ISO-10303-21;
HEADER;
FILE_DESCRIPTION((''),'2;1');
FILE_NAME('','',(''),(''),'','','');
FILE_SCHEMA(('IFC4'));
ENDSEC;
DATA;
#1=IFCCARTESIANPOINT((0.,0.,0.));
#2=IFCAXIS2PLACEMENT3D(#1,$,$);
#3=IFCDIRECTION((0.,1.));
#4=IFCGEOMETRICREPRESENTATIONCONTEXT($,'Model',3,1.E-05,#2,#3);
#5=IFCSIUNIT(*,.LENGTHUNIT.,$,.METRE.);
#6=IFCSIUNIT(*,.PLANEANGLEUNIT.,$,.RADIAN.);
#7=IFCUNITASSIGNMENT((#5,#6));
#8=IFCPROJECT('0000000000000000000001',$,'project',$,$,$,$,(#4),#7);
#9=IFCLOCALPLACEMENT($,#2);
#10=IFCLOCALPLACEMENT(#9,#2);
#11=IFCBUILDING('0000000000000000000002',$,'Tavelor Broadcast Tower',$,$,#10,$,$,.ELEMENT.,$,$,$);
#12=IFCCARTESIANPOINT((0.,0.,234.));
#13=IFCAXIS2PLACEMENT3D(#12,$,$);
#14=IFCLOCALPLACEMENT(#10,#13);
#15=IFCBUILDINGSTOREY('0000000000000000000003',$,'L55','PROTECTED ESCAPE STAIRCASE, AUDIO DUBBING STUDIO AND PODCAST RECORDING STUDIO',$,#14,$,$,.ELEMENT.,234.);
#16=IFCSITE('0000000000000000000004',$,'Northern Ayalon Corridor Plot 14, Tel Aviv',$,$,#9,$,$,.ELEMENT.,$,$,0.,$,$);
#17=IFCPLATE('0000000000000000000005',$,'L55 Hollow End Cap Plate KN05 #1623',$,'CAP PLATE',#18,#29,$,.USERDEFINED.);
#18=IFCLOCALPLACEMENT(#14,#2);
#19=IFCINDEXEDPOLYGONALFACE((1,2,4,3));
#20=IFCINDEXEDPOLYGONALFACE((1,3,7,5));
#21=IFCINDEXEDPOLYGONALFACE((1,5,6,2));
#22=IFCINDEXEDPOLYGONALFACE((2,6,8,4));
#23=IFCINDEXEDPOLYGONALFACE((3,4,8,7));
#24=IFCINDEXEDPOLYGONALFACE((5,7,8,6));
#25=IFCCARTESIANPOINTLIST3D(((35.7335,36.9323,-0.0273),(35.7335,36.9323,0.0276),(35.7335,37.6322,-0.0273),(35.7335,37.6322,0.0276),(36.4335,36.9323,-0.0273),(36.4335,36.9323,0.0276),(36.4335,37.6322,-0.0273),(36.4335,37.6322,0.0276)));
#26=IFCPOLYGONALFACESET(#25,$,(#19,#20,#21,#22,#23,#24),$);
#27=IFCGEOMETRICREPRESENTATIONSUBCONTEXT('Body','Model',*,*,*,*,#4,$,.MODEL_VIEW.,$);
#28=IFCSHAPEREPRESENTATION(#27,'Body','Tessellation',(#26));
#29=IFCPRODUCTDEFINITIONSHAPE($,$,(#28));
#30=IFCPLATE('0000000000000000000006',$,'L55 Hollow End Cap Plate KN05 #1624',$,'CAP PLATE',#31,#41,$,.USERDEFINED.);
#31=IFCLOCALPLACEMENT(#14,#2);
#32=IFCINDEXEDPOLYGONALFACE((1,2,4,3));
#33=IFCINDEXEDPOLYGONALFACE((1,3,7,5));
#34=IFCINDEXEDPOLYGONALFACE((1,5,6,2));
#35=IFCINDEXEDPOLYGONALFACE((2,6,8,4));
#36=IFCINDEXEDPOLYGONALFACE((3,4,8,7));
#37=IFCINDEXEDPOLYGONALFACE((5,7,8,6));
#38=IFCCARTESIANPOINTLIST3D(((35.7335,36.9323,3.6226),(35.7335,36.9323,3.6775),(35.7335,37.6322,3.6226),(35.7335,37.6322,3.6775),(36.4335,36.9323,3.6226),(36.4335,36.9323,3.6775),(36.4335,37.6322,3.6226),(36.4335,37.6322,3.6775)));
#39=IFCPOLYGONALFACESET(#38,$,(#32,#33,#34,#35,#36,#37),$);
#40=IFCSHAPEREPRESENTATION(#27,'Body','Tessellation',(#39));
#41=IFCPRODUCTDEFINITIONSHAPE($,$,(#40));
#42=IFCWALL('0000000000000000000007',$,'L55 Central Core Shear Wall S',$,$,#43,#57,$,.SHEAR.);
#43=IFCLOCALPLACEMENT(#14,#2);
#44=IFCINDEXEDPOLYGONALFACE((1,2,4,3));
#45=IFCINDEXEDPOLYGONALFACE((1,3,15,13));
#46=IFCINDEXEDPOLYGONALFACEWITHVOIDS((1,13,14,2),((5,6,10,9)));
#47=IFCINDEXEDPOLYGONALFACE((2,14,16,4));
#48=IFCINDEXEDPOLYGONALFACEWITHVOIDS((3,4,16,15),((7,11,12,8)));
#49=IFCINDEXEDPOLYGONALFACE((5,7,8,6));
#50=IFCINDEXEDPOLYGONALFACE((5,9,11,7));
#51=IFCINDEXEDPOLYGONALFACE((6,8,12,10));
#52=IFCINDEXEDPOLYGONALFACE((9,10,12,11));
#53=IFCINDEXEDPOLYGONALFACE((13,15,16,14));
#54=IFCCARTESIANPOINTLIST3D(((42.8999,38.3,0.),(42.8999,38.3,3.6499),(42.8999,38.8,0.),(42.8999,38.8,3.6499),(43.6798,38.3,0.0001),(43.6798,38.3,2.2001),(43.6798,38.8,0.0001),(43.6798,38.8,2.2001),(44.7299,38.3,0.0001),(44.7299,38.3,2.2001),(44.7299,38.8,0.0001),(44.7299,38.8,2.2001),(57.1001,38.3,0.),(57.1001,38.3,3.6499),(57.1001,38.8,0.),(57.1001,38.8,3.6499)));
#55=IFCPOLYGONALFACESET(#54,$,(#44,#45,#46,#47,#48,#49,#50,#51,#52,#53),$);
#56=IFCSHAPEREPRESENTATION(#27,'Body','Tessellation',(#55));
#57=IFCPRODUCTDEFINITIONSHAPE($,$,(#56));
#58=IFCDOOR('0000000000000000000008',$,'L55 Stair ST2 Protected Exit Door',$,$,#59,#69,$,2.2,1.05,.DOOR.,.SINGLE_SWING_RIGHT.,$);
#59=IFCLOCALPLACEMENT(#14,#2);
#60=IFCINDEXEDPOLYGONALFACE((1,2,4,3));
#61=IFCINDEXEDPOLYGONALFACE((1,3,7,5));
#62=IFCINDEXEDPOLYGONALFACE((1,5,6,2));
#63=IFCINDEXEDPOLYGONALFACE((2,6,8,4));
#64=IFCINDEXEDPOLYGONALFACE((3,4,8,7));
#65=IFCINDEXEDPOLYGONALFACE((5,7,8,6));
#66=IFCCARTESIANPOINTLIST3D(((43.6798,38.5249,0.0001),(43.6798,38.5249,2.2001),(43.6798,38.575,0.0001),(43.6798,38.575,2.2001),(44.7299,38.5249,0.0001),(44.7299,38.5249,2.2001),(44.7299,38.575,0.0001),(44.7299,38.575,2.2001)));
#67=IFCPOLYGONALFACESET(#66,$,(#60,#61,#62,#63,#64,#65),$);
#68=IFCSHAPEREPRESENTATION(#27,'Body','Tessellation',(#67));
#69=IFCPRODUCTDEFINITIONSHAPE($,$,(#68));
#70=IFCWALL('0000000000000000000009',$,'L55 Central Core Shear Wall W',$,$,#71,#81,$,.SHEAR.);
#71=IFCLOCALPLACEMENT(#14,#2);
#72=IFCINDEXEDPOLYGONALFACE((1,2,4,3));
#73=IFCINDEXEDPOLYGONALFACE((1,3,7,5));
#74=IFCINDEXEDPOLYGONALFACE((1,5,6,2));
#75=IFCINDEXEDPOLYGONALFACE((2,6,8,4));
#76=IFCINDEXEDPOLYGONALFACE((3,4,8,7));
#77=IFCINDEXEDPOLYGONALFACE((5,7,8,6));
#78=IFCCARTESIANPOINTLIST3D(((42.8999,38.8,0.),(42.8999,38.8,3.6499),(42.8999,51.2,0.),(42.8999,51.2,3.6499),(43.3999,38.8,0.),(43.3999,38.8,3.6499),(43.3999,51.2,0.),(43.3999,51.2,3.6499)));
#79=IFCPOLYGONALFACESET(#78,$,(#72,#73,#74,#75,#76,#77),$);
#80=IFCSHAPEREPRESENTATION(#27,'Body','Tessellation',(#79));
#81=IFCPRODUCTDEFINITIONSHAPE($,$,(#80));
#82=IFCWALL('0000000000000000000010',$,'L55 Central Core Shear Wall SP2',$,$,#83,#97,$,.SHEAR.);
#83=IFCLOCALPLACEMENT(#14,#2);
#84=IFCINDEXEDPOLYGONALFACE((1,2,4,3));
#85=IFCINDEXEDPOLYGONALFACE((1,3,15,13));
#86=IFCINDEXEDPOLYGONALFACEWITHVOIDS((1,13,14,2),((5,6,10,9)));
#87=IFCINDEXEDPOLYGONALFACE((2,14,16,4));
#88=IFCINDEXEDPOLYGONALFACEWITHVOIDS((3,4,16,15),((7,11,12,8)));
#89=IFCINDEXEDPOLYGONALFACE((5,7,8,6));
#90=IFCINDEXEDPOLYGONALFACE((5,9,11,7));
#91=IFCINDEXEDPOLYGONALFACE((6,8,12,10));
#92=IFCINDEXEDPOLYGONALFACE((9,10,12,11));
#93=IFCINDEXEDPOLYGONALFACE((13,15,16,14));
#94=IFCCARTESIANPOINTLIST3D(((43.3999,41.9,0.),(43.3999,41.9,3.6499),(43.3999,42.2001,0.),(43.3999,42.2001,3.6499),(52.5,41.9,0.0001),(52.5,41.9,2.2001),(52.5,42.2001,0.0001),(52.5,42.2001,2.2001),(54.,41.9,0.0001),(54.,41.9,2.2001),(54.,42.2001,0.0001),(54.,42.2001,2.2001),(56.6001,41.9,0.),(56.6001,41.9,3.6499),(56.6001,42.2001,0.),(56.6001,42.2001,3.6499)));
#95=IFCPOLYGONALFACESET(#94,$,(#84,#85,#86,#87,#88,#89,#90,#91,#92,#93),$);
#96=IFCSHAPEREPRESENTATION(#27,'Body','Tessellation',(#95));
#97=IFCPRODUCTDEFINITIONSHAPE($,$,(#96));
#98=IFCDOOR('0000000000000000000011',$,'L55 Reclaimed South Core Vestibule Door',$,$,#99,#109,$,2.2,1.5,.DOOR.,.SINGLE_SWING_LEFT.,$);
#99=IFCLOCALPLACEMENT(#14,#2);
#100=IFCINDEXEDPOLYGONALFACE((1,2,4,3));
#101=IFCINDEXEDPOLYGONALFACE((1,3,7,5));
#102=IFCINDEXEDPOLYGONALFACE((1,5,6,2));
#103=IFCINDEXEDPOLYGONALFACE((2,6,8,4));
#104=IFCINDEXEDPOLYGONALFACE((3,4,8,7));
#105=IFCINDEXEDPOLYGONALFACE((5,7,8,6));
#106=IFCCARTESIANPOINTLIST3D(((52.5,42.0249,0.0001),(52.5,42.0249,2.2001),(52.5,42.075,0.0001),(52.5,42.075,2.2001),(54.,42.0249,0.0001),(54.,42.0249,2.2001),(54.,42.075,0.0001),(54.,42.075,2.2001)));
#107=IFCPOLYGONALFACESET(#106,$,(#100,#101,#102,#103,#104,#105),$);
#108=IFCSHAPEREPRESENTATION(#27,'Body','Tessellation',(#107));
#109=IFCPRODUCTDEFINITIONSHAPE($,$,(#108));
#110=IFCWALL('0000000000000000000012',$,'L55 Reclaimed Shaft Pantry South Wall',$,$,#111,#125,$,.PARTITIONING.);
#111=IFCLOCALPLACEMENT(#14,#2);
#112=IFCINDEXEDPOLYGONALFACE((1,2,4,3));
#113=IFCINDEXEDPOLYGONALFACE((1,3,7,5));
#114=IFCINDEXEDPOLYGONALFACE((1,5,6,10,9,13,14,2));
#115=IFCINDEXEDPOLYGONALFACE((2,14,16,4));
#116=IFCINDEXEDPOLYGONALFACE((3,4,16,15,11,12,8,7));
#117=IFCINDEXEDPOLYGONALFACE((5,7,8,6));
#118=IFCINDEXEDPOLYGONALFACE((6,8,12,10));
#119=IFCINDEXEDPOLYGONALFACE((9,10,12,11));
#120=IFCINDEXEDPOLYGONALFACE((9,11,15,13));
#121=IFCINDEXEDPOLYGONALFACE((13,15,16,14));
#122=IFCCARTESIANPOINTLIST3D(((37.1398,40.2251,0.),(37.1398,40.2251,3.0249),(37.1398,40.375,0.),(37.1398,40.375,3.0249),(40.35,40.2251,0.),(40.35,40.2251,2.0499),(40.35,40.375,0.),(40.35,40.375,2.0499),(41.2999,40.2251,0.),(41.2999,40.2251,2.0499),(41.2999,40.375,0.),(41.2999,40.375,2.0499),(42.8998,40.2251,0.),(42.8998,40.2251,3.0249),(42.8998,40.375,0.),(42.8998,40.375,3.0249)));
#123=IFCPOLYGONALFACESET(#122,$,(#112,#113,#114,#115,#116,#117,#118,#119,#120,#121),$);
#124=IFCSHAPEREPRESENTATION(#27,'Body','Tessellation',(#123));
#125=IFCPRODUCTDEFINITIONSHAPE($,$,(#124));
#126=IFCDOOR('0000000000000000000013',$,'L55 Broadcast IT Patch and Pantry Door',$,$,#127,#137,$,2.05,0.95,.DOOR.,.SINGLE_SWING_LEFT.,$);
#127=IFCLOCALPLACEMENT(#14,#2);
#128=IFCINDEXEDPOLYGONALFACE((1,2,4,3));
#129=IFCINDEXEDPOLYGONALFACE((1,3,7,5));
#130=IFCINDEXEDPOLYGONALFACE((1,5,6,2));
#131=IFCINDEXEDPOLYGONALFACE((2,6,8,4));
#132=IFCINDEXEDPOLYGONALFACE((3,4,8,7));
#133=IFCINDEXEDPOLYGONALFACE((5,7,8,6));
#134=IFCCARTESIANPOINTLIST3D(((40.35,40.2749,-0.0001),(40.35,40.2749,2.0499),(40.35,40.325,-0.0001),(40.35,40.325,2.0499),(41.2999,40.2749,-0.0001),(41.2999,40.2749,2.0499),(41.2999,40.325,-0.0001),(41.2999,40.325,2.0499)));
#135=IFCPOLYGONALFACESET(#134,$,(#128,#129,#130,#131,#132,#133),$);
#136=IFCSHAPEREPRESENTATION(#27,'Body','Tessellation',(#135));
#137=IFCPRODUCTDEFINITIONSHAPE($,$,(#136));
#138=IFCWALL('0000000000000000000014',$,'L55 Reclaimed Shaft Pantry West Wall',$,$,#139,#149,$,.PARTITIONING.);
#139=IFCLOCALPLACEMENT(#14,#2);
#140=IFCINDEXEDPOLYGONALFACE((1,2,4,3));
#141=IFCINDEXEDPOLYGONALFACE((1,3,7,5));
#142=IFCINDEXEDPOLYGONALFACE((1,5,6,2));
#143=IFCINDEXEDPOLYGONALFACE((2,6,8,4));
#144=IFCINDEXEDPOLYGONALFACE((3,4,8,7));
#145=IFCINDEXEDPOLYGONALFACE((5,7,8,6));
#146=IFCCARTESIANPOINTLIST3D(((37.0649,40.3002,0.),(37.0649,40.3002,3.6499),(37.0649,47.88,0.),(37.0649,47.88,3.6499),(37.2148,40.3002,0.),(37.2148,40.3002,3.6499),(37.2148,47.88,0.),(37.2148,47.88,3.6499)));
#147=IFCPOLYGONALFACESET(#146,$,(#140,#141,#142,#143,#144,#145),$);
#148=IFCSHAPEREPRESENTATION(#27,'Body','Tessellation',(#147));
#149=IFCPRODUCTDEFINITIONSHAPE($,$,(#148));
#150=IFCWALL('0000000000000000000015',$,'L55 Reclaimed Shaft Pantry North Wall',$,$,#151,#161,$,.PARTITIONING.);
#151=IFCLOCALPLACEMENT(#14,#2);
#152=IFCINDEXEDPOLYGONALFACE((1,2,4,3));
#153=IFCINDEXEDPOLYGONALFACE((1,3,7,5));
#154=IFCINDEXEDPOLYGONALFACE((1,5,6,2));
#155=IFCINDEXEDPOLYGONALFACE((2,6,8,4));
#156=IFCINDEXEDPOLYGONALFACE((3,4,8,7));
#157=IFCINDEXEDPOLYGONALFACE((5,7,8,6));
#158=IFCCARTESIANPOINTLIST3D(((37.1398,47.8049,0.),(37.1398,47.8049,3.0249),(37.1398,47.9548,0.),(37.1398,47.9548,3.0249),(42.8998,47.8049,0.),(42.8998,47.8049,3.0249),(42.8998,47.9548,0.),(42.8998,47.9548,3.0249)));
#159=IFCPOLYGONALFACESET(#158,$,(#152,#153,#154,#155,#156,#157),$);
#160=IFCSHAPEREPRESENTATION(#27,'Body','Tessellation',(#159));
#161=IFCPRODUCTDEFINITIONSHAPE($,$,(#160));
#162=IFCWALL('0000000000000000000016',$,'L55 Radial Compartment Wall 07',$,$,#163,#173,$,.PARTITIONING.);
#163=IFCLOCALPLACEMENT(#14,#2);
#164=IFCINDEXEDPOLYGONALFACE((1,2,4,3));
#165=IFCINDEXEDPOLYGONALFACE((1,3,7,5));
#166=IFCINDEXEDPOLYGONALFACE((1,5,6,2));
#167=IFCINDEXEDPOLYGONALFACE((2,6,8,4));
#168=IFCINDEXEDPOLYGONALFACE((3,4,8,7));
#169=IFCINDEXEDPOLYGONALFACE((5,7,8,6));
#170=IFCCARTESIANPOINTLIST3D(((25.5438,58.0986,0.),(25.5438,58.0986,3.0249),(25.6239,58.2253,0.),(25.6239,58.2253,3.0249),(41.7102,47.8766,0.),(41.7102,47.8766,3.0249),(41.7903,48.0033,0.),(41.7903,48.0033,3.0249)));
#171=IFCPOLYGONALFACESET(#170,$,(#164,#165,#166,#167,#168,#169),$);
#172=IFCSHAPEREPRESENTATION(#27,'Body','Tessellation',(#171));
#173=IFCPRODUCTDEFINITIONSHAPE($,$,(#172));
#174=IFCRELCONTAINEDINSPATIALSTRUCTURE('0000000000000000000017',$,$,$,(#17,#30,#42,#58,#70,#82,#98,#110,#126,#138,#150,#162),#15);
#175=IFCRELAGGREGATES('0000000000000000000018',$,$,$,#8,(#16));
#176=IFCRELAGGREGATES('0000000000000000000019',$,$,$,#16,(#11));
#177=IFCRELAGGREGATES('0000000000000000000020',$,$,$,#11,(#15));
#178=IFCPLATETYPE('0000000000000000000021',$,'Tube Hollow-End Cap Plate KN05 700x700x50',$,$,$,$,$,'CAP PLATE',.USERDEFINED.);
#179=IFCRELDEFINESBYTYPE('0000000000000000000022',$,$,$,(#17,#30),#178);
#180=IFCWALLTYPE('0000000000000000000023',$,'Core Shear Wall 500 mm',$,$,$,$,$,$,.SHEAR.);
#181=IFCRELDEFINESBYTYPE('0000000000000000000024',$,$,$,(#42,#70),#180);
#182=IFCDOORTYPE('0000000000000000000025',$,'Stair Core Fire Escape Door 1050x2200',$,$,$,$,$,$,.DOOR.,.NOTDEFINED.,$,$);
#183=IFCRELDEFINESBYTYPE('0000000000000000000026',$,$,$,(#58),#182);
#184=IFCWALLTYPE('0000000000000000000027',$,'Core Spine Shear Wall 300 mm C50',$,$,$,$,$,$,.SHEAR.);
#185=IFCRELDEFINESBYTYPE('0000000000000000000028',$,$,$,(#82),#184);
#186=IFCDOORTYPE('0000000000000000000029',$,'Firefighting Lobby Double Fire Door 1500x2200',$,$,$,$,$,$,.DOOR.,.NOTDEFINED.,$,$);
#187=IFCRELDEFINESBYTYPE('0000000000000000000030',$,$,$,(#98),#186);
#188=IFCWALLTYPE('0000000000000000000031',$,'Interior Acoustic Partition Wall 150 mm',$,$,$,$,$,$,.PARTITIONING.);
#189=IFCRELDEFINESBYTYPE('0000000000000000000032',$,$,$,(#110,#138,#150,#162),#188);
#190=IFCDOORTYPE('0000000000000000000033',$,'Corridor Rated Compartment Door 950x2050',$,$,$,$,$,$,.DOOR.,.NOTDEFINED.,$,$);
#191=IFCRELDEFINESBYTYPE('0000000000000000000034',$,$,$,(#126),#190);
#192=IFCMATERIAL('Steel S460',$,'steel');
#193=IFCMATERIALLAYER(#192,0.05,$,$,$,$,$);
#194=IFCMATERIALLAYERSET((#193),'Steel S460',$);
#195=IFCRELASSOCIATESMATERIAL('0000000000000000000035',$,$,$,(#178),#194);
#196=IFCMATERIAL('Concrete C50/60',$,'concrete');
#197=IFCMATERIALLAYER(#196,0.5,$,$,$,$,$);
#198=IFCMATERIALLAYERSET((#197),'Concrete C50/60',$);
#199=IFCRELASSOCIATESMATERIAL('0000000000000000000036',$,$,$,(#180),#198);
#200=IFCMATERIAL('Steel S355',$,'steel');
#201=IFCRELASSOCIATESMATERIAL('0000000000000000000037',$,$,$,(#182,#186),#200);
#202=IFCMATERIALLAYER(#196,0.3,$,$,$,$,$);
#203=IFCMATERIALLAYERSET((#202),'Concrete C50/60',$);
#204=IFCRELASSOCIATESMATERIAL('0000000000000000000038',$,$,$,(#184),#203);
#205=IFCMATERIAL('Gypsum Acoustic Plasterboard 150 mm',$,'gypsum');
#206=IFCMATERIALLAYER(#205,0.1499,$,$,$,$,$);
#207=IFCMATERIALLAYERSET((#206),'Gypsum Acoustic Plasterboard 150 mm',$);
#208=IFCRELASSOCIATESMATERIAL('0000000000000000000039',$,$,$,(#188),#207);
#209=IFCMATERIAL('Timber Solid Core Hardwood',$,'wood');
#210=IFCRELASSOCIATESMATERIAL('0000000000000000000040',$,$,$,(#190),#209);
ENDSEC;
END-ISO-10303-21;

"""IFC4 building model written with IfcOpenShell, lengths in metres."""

from ifc_helpers import new_model, si_unit, direction, frame, frame_2d, origin, origin_2d, place, context, subcontext, project, spatial, rectangle, extrude, source, transform, mapped, material, layer, layer_set, type_object, type_shapes, element, fill, save


model = new_model("IFC4")

# Units and contexts
model_context = context("Model", 3, precision=1e-05, world=origin(), true_north=direction((0.0, 1.0)))
body_context = subcontext(model_context, "Body", "Model", "MODEL_VIEW")
ifc_project = project(units=[si_unit("LENGTHUNIT", "METRE"), si_unit("PLANEANGLEUNIT", "RADIAN")], contexts=[model_context])

# Site, building, storey
site_placement = place(None, origin())
site = spatial("IfcSite", under=ifc_project, at=site_placement, Name="Northern Ayalon Corridor Plot 14, Tel Aviv", CompositionType="ELEMENT", RefElevation=0.0)
building_placement = place(site_placement, origin())
building = spatial("IfcBuilding", under=site, at=building_placement, Name="Tavelor Broadcast Tower", CompositionType="ELEMENT")
storey_placement = place(building_placement, frame((0.0, 0.0, 234.0)))
storey = spatial("IfcBuildingStorey", under=building, at=storey_placement, Name="L55", Description="PROTECTED ESCAPE STAIRCASE, AUDIO DUBBING STUDIO AND PODCAST RECORDING STUDIO", CompositionType="ELEMENT", Elevation=234.0)

# Shared definitions
ifc_material_1 = material(Name="Concrete C50/60", Category="concrete")
ifc_material_2 = material(Name="Steel S460", Category="steel")

# Shared definitions
ifc_material_3 = material(Name="Steel S355", Category="steel")

# Plates
ifc_layer_1 = layer(ifc_material_2, 0.05)
ifc_layer_set_1 = layer_set([ifc_layer_1], Name="Steel S460")
plate_type = type_object("IfcPlateType", Name="Tube Hollow-End Cap Plate KN05 700x700x50", ElementType="CAP PLATE", PredefinedType="USERDEFINED", material=ifc_layer_set_1)
shared_shape = source(origin(), body_context, "Body", "SweptSolid", [
    extrude(rectangle(XDim=0.7, YDim=0.7, at=origin_2d()), origin(), (0.0, 0.0, 1.0), 0.0549),
])
type_shapes(plate_type, [shared_shape])
for number, where, z_axis, x_axis, name in (
    (1, (36.0835, 37.2822, -0.0273), (0.0, 0.0, 1.0), (1.0, 0.0, 0.0), "L55 Hollow End Cap Plate KN05 #1623"),
    (2, (36.0835, 37.2822, 3.6226), (0.0, 0.0, 1.0), (1.0, 0.0, 0.0), "L55 Hollow End Cap Plate KN05 #1624"),
):
    element("IfcPlate", number, at=place(storey_placement, frame(where, z_axis=z_axis, x_axis=x_axis)), inside=storey, type_object=plate_type, Name=name, ObjectType="CAP PLATE", PredefinedType="USERDEFINED", context=body_context, shape_type="MappedRepresentation", body=[
        mapped(shared_shape, transform((0.0, 0.0, 0.0), scale=1.0)),
    ])

# Wall, opening, door
ifc_layer_2 = layer(ifc_material_1, 0.5)
ifc_layer_set_2 = layer_set([ifc_layer_2], Name="Concrete C50/60")
wall_type_1 = type_object("IfcWallType", Name="Core Shear Wall 500 mm", PredefinedType="SHEAR", material=ifc_layer_set_2)
wall_1_placement = place(storey_placement, frame((42.8999, 38.55, 0.0), z_axis=(0.0, 0.0, 1.0), x_axis=(1.0, 0.0, 0.0)))
wall_1 = element("IfcWall", 3, at=wall_1_placement, inside=storey, type_object=wall_type_1, Name="L55 Central Core Shear Wall S", PredefinedType="SHEAR", context=body_context, shape_type="SweptSolid", body=[
    extrude(rectangle(XDim=14.2002, YDim=0.5, at=frame_2d((7.1001, 0.0))), origin(), (0.0, 0.0, 1.0), 3.6499),
])
opening_1_placement = place(wall_1_placement, frame((0.78, 0.0, 0.0)))
opening_1 = element("IfcOpeningElement", 4, at=opening_1_placement, cuts=wall_1, PredefinedType="OPENING", context=body_context, shape_type="SweptSolid", body=[
    extrude(rectangle(XDim=1.05, YDim=2.2, at=frame_2d((0.5249, 1.1001))), frame((0.0, 0.26, 0.0), z_axis=(0.0, -1.0, 0.0), x_axis=(1.0, 0.0, 0.0)), (0.0, 0.0, 1.0), 0.52),
])
door_type_1 = type_object("IfcDoorType", Name="Stair Core Fire Escape Door 1050x2200", OperationType="NOTDEFINED", PredefinedType="DOOR", material=ifc_material_3)
door_1_placement = place(opening_1_placement, origin())
door_1 = element("IfcDoor", 5, at=door_1_placement, inside=storey, type_object=door_type_1, Name="L55 Stair ST2 Protected Exit Door", OperationType="SINGLE_SWING_RIGHT", OverallHeight=2.2, OverallWidth=1.05, PredefinedType="DOOR", context=body_context, shape_type="SweptSolid", body=[
    extrude(rectangle(XDim=1.05, YDim=2.2, at=frame_2d((0.5249, 1.1001))), frame((0.0, 0.0249, 0.0), z_axis=(0.0, -1.0, 0.0), x_axis=(1.0, 0.0, 0.0)), (0.0, 0.0, 1.0), 0.05),
])
fill(opening_1, door_1)

# Wall
wall_2_placement = place(storey_placement, frame((43.1499, 38.8, 0.0), z_axis=(0.0, 0.0, 1.0), x_axis=(0.0, 1.0, 0.0)))
element("IfcWall", 6, at=wall_2_placement, inside=storey, type_object=wall_type_1, Name="L55 Central Core Shear Wall W", PredefinedType="SHEAR", context=body_context, shape_type="SweptSolid", body=[
    extrude(rectangle(XDim=12.3999, YDim=0.5, at=frame_2d((6.2, 0.0))), origin(), (0.0, 0.0, 1.0), 3.6499),
])

# Walls, openings, doors
ifc_layer_3 = layer(ifc_material_1, 0.3)
ifc_layer_set_3 = layer_set([ifc_layer_3], Name="Concrete C50/60")
wall_type_2 = type_object("IfcWallType", Name="Core Spine Shear Wall 300 mm C50", PredefinedType="SHEAR", material=ifc_layer_set_3)
wall_3_placement = place(storey_placement, frame((43.3999, 42.05, 0.0), z_axis=(0.0, 0.0, 1.0), x_axis=(1.0, 0.0, 0.0)))
wall_3 = element("IfcWall", 7, at=wall_3_placement, inside=storey, type_object=wall_type_2, Name="L55 Central Core Shear Wall SP2", PredefinedType="SHEAR", context=body_context, shape_type="SweptSolid", body=[
    extrude(rectangle(XDim=13.2002, YDim=0.3, at=frame_2d((6.6001, 0.0))), origin(), (0.0, 0.0, 1.0), 3.6499),
])
opening_2_placement = place(wall_3_placement, frame((9.1001, 0.0, 0.0)))
opening_2 = element("IfcOpeningElement", 8, at=opening_2_placement, cuts=wall_3, PredefinedType="OPENING", context=body_context, shape_type="SweptSolid", body=[
    extrude(rectangle(XDim=1.5, YDim=2.2, at=frame_2d((0.75, 1.1001))), frame((0.0, 0.1602, 0.0), z_axis=(0.0, -1.0, 0.0), x_axis=(1.0, 0.0, 0.0)), (0.0, 0.0, 1.0), 0.3201),
])
door_type_2 = type_object("IfcDoorType", Name="Firefighting Lobby Double Fire Door 1500x2200", OperationType="NOTDEFINED", PredefinedType="DOOR", material=ifc_material_3)
door_2_placement = place(opening_2_placement, origin())
door_2 = element("IfcDoor", 9, at=door_2_placement, inside=storey, type_object=door_type_2, Name="L55 Reclaimed South Core Vestibule Door", OperationType="SINGLE_SWING_LEFT", OverallHeight=2.2, OverallWidth=1.5, PredefinedType="DOOR", context=body_context, shape_type="SweptSolid", body=[
    extrude(rectangle(XDim=1.5, YDim=2.2, at=frame_2d((0.75, 1.1001))), frame((0.0, 0.0249, 0.0), z_axis=(0.0, -1.0, 0.0), x_axis=(1.0, 0.0, 0.0)), (0.0, 0.0, 1.0), 0.05),
])
fill(opening_2, door_2)
ifc_material_4 = material(Name="Gypsum Acoustic Plasterboard 150 mm", Category="gypsum")
ifc_layer_4 = layer(ifc_material_4, 0.1499)
ifc_layer_set_4 = layer_set([ifc_layer_4], Name="Gypsum Acoustic Plasterboard 150 mm")
wall_type_3 = type_object("IfcWallType", Name="Interior Acoustic Partition Wall 150 mm", PredefinedType="PARTITIONING", material=ifc_layer_set_4)
wall_4_placement = place(storey_placement, frame((37.1399, 40.3, 0.0), z_axis=(0.0, 0.0, 1.0), x_axis=(1.0, 0.0, 0.0)))
wall_4 = element("IfcWall", 10, at=wall_4_placement, inside=storey, type_object=wall_type_3, Name="L55 Reclaimed Shaft Pantry South Wall", PredefinedType="PARTITIONING", context=body_context, shape_type="SweptSolid", body=[
    extrude(rectangle(XDim=5.76, YDim=0.1499, at=frame_2d((2.8799, 0.0))), origin(), (0.0, 0.0, 1.0), 3.0249),
])
opening_3_placement = place(wall_4_placement, frame((3.21, 0.0, 0.0)))
opening_3 = element("IfcOpeningElement", 11, at=opening_3_placement, cuts=wall_4, PredefinedType="OPENING", context=body_context, shape_type="SweptSolid", body=[
    extrude(rectangle(XDim=0.95, YDim=2.05, at=frame_2d((0.4751, 1.0249))), frame((0.0, 0.085, 0.0), z_axis=(0.0, -1.0, 0.0), x_axis=(1.0, 0.0, 0.0)), (0.0, 0.0, 1.0), 0.1699),
])
ifc_material_5 = material(Name="Timber Solid Core Hardwood", Category="wood")
door_type_3 = type_object("IfcDoorType", Name="Corridor Rated Compartment Door 950x2050", OperationType="NOTDEFINED", PredefinedType="DOOR", material=ifc_material_5)
door_3_placement = place(opening_3_placement, origin())
door_3 = element("IfcDoor", 12, at=door_3_placement, inside=storey, type_object=door_type_3, Name="L55 Broadcast IT Patch and Pantry Door", OperationType="SINGLE_SWING_LEFT", OverallHeight=2.05, OverallWidth=0.95, PredefinedType="DOOR", context=body_context, shape_type="SweptSolid", body=[
    extrude(rectangle(XDim=0.95, YDim=2.05, at=frame_2d((0.4751, 1.0249))), frame((0.0, 0.0249, 0.0), z_axis=(0.0, -1.0, 0.0), x_axis=(1.0, 0.0, 0.0)), (0.0, 0.0, 1.0), 0.05),
])
fill(opening_3, door_3)

# Walls
wall_5_placement = place(storey_placement, frame((37.1399, 40.3, 0.0), z_axis=(0.0, 0.0, 1.0), x_axis=(0.0, 1.0, 0.0)))
element("IfcWall", 13, at=wall_5_placement, inside=storey, type_object=wall_type_3, Name="L55 Reclaimed Shaft Pantry West Wall", PredefinedType="PARTITIONING", context=body_context, shape_type="SweptSolid", body=[
    extrude(rectangle(XDim=7.5798, YDim=0.1499, at=frame_2d((3.79, 0.0))), origin(), (0.0, 0.0, 1.0), 3.6499),
])
wall_6_placement = place(storey_placement, frame((37.1399, 47.8799, 0.0), z_axis=(0.0, 0.0, 1.0), x_axis=(1.0, 0.0, 0.0)))
element("IfcWall", 14, at=wall_6_placement, inside=storey, type_object=wall_type_3, Name="L55 Reclaimed Shaft Pantry North Wall", PredefinedType="PARTITIONING", context=body_context, shape_type="SweptSolid", body=[
    extrude(rectangle(XDim=5.76, YDim=0.1499, at=frame_2d((2.8799, 0.0))), origin(), (0.0, 0.0, 1.0), 3.0249),
])
wall_7_placement = place(storey_placement, frame((41.7502, 47.9399, 0.0), z_axis=(0.0, 0.0, 1.0), x_axis=(-0.845214, 0.534428, 0.0)))
element("IfcWall", 15, at=wall_7_placement, inside=storey, type_object=wall_type_3, Name="L55 Radial Compartment Wall 07", PredefinedType="PARTITIONING", context=body_context, shape_type="SweptSolid", body=[
    extrude(rectangle(XDim=19.127, YDim=0.1499, at=frame_2d((9.5635, 0.0))), origin(), (0.0, 0.0, 1.0), 3.0249),
])

save(model, "model.ifc")
